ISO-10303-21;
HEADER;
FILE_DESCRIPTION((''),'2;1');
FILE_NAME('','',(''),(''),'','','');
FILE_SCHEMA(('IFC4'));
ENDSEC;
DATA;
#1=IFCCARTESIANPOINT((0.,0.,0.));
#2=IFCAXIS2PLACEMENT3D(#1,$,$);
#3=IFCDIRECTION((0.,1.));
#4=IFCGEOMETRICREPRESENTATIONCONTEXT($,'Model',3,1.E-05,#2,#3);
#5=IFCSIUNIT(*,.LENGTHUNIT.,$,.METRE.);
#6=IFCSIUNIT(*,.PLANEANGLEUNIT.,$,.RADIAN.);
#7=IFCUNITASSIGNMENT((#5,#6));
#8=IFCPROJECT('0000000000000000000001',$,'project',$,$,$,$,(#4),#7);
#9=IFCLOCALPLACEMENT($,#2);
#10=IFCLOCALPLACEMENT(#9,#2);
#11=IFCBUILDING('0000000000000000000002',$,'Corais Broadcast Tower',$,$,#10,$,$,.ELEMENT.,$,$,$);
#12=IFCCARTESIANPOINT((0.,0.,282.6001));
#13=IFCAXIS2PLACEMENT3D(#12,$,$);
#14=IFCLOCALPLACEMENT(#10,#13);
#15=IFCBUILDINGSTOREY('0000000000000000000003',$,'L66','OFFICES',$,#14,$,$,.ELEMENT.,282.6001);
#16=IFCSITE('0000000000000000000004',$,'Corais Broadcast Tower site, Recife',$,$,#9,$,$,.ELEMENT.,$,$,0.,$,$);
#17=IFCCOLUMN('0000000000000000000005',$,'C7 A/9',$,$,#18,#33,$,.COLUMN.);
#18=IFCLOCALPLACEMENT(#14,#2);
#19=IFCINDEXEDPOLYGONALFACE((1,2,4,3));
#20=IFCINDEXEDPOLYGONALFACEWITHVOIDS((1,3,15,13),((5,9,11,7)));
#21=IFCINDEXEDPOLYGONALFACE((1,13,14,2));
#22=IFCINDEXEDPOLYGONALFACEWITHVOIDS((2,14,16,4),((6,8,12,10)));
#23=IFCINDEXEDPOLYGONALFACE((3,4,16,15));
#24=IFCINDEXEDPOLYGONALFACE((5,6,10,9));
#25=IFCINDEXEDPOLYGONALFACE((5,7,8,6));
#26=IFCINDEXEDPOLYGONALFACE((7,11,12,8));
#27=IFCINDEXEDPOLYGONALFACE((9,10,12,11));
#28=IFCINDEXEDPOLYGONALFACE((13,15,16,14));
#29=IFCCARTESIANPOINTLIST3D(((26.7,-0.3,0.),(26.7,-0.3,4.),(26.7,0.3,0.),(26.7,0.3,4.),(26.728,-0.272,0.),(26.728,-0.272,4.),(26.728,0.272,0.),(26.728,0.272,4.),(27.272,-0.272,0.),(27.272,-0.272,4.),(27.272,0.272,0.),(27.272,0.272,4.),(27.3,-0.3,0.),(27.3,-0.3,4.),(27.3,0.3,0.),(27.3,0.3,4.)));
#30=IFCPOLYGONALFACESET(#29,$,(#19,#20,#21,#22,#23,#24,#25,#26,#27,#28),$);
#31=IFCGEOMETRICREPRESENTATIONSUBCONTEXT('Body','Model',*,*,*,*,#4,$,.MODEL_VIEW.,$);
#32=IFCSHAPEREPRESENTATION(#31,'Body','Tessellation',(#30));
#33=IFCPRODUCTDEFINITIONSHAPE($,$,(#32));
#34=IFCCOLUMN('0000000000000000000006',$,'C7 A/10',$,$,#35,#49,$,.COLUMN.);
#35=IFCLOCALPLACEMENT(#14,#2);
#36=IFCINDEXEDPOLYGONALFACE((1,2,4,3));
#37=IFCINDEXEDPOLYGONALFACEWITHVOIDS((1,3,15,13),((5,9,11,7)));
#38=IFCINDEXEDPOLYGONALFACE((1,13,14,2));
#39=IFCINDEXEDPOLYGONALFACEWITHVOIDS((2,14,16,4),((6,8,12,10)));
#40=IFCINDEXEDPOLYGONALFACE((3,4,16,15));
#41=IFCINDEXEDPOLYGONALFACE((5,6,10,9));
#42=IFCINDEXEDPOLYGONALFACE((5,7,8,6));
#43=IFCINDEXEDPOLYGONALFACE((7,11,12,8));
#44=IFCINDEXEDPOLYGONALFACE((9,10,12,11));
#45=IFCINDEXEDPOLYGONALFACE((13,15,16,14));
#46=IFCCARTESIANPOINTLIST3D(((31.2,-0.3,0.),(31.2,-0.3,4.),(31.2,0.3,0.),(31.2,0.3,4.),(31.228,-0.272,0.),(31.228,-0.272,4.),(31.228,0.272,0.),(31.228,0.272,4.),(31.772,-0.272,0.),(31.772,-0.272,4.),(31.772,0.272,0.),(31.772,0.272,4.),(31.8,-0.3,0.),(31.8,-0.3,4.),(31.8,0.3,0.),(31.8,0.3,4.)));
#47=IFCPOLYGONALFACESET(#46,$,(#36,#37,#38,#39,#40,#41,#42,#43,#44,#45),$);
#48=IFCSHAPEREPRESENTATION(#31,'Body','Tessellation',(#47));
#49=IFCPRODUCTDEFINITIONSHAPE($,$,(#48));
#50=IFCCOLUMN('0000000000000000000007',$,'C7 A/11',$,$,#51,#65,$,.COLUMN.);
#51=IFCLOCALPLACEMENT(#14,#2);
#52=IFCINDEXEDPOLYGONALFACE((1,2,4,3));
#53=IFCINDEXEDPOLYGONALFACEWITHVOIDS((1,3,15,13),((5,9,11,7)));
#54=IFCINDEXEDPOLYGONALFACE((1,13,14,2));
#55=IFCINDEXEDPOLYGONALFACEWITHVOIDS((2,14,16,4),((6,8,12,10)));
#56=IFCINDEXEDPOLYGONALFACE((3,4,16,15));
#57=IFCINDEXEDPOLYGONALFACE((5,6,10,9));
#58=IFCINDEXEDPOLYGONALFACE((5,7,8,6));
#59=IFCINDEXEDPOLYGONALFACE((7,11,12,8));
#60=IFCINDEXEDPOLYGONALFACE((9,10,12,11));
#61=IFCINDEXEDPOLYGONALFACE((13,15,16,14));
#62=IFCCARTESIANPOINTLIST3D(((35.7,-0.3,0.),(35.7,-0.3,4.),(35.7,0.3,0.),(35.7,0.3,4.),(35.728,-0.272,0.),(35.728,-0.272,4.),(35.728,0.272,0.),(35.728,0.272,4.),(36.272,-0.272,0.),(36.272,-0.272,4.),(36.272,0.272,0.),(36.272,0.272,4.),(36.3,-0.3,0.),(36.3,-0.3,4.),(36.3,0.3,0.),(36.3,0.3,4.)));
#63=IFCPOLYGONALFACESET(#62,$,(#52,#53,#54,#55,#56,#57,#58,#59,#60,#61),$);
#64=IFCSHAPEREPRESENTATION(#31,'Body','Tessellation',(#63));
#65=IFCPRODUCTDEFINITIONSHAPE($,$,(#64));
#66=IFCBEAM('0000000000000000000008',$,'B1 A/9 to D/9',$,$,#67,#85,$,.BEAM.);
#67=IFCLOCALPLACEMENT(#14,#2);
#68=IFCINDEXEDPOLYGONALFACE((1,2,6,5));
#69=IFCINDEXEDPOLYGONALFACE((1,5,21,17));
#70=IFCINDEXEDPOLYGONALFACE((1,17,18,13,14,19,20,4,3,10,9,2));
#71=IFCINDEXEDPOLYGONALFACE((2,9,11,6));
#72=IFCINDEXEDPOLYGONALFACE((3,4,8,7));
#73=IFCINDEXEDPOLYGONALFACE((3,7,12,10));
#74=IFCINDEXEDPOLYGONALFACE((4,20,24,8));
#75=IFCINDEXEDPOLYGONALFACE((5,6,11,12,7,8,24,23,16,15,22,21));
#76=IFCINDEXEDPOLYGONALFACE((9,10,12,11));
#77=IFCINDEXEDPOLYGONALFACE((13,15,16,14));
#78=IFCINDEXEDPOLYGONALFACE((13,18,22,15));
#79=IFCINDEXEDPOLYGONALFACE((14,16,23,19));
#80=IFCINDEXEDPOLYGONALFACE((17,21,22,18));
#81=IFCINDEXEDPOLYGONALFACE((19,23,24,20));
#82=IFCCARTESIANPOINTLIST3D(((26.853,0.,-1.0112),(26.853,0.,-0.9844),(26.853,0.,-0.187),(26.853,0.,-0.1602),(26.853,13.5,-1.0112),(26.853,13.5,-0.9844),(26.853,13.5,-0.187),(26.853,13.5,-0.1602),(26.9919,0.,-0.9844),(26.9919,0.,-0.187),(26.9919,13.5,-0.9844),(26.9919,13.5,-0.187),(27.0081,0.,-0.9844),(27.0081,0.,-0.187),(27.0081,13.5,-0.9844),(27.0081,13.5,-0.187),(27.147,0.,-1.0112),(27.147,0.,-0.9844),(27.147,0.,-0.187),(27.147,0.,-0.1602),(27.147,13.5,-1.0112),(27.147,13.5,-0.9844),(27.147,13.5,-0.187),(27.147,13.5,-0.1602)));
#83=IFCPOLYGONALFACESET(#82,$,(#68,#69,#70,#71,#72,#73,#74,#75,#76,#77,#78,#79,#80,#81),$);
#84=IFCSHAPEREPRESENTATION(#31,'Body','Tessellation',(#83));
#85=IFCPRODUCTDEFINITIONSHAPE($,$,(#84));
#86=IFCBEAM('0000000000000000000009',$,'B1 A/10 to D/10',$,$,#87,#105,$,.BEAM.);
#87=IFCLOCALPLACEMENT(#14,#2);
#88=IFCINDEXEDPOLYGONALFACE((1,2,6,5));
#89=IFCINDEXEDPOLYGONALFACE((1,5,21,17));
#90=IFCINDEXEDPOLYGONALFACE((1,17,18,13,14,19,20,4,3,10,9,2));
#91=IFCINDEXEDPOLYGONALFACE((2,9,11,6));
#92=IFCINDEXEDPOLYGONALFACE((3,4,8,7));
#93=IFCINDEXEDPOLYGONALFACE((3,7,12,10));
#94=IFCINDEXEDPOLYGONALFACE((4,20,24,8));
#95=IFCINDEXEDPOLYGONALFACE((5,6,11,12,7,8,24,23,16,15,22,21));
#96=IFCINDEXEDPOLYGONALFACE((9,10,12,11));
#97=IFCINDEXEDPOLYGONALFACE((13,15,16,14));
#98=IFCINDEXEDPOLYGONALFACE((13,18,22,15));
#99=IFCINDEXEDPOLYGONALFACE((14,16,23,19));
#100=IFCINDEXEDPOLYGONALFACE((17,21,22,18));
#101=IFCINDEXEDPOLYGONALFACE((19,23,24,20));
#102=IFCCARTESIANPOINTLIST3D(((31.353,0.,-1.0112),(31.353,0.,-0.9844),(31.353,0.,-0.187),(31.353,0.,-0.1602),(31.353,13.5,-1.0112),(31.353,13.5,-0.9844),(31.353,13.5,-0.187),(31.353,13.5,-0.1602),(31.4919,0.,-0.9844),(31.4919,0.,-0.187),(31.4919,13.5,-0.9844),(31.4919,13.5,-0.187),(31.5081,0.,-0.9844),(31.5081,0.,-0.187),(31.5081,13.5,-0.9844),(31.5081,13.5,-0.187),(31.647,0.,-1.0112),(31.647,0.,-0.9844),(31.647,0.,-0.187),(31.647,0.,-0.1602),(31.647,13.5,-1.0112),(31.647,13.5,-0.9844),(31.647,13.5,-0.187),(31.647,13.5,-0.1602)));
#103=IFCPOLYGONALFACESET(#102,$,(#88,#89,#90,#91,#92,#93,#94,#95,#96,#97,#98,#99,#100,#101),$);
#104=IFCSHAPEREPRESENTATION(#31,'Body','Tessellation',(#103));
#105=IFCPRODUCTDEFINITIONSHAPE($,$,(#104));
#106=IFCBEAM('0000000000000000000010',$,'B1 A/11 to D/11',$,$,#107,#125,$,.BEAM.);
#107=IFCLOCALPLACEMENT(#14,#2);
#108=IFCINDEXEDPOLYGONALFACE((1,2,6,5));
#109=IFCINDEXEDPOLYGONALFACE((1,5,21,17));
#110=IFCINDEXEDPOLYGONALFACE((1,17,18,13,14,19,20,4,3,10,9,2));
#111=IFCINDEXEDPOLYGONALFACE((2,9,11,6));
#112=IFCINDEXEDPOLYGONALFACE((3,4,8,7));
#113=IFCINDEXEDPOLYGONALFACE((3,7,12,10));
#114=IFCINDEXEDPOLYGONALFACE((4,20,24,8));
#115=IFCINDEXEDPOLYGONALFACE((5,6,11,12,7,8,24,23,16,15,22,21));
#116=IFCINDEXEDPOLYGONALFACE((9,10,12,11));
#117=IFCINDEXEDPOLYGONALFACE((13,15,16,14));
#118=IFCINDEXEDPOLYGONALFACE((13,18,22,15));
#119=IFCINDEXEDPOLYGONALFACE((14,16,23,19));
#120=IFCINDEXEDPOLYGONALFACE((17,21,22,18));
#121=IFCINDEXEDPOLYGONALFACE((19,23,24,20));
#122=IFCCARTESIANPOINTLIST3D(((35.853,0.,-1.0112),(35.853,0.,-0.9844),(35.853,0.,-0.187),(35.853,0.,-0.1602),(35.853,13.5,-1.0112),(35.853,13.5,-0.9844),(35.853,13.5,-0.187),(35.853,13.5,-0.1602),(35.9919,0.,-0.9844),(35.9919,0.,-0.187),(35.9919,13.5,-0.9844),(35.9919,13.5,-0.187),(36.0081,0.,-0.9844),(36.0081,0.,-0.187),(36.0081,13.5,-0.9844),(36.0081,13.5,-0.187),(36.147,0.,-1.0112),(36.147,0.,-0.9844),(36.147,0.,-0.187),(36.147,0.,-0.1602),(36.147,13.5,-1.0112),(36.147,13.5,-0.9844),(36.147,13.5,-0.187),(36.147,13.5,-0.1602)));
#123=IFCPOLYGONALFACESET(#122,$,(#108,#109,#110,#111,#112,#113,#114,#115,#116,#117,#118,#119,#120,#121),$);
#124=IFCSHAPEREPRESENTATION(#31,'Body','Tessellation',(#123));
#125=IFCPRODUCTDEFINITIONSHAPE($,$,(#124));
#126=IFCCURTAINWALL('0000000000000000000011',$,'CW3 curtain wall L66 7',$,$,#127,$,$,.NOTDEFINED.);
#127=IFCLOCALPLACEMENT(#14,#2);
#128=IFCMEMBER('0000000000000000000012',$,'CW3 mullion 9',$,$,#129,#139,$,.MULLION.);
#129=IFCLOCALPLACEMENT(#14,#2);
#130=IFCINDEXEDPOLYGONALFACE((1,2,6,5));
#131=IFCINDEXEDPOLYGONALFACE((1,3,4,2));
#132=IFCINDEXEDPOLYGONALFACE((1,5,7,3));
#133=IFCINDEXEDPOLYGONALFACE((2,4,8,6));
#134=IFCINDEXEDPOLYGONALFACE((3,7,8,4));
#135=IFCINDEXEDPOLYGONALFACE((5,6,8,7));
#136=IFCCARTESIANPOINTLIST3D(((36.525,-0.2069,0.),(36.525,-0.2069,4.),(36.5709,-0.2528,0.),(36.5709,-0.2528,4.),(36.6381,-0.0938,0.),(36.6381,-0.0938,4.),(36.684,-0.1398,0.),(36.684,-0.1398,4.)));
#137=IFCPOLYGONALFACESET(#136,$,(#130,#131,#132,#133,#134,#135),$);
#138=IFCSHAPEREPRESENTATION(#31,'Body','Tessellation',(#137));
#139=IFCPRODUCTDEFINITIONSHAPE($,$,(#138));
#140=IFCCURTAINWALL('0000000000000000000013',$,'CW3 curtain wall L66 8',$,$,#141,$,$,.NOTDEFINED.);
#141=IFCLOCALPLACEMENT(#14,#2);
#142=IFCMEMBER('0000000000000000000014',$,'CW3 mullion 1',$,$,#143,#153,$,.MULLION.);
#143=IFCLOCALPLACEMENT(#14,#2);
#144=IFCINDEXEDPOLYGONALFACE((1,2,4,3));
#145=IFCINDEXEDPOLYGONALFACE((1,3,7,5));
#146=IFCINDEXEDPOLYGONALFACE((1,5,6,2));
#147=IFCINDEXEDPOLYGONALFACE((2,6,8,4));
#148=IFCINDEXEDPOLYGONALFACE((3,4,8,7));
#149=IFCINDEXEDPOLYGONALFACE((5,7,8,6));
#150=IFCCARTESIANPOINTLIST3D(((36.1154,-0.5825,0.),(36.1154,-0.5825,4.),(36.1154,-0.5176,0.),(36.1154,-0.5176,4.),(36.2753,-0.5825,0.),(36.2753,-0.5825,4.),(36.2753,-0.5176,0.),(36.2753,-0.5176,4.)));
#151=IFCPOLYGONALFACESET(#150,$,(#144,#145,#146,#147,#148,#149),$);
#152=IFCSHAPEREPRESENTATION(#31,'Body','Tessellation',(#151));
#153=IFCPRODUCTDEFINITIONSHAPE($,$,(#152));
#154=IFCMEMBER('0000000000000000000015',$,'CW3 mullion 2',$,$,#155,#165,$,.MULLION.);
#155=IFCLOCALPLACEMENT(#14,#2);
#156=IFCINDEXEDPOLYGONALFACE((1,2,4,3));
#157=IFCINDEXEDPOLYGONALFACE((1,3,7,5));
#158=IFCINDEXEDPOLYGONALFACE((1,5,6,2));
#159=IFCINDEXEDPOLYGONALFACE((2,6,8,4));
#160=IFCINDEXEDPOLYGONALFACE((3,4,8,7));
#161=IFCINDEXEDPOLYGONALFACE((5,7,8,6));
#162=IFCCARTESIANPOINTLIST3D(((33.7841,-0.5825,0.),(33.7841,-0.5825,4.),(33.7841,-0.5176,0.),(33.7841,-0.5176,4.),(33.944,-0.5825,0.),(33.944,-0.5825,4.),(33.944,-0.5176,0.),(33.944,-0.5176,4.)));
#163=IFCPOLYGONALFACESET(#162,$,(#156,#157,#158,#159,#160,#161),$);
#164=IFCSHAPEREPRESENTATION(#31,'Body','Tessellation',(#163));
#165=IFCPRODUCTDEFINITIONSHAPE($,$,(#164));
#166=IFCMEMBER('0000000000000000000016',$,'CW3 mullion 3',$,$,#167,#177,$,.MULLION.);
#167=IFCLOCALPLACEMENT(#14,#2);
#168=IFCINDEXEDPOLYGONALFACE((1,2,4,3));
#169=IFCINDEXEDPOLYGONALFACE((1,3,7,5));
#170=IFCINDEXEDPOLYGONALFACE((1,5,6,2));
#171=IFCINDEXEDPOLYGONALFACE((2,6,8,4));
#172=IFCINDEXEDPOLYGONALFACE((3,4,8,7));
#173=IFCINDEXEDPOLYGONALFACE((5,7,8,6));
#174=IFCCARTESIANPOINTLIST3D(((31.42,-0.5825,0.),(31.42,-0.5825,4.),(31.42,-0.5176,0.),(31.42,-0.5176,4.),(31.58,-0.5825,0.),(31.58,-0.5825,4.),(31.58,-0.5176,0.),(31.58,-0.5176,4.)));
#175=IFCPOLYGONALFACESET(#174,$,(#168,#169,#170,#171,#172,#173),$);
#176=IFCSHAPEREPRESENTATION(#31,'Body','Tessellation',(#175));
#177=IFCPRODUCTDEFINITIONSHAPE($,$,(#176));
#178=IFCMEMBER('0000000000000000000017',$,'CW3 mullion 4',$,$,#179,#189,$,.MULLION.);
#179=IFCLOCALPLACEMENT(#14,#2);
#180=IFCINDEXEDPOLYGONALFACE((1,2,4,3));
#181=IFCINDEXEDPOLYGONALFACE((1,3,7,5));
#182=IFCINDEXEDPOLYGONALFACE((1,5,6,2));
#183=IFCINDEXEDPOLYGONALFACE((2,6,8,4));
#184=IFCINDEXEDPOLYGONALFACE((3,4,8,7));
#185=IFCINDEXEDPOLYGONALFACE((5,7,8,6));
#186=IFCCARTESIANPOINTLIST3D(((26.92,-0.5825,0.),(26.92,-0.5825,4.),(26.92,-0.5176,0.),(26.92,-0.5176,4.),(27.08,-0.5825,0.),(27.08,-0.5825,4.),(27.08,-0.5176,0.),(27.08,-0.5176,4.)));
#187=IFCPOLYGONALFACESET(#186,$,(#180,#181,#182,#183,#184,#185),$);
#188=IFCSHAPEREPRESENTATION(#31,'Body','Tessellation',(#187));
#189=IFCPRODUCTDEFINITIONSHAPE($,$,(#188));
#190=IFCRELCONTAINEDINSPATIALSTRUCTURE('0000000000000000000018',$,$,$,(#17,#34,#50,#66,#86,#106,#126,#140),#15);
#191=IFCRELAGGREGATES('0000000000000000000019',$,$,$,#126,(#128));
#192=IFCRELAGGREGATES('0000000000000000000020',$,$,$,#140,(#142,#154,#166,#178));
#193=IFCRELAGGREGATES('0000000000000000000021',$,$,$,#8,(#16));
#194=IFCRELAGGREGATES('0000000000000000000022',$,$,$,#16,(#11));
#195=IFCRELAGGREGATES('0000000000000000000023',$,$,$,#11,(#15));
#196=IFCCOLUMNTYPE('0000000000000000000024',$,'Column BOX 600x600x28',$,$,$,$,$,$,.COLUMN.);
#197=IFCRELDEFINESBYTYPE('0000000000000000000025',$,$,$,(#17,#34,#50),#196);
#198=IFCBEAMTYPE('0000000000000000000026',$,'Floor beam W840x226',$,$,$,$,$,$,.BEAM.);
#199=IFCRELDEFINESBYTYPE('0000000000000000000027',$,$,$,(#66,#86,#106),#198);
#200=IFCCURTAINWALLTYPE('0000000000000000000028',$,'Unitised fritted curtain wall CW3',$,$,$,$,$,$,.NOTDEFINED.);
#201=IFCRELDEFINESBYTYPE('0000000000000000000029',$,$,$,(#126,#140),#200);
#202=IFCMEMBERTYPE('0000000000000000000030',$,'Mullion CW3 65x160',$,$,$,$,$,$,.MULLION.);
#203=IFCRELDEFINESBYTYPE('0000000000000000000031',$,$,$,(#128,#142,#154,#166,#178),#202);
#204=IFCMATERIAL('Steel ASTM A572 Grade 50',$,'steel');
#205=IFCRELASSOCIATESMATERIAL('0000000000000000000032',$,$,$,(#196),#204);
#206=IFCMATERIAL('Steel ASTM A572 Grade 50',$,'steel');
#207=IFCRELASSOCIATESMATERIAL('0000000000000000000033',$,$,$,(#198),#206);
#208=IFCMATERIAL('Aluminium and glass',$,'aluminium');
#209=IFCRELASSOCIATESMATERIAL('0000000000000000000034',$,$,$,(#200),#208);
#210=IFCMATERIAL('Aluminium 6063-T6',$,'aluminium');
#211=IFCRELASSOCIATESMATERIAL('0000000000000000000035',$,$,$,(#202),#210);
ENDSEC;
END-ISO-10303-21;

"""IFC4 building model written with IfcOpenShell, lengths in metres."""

from ifc_helpers import new_model, si_unit, direction, frame, origin, origin_2d, place, context, subcontext, project, spatial, rectangle, hollow_rectangle, i_section, extrude, material, material_profile, profile_set, type_object, element, aggregate, save


model = new_model("IFC4")

# Units and contexts
model_context = context("Model", 3, precision=1e-05, world=origin(), true_north=direction((0.0, 1.0)))
body_context = subcontext(model_context, "Body", "Model", "MODEL_VIEW")
ifc_project = project(units=[si_unit("LENGTHUNIT", "METRE"), si_unit("PLANEANGLEUNIT", "RADIAN")], contexts=[model_context])

# Site, building, storey
site_placement = place(None, origin())
site = spatial("IfcSite", under=ifc_project, at=site_placement, Name="Corais Broadcast Tower site, Recife", CompositionType="ELEMENT", RefElevation=0.0)
building_placement = place(site_placement, origin())
building = spatial("IfcBuilding", under=site, at=building_placement, Name="Corais Broadcast Tower", CompositionType="ELEMENT")
storey_placement = place(building_placement, frame((0.0, 0.0, 282.6001)))
storey = spatial("IfcBuildingStorey", under=building, at=storey_placement, Name="L66", Description="OFFICES", CompositionType="ELEMENT", Elevation=282.6001)

# Columns
ifc_material_1 = material(Name="Steel ASTM A572 Grade 50", Category="steel")
ifc_material_profile_1 = material_profile(ifc_material_1, hollow_rectangle(XDim=0.6001, YDim=0.6001, WallThickness=0.0281, at=origin_2d()), Name="BOX 600x600x28")
ifc_profile_set_1 = profile_set([ifc_material_profile_1], Name="Steel ASTM A572 Grade 50")
column_type = type_object("IfcColumnType", Name="Column BOX 600x600x28", PredefinedType="COLUMN", material=ifc_profile_set_1)
for number, where, z_axis, x_axis, name in (
    (1, (27.0, 0.0, 0.0), (0.0, 0.0, 1.0), (1.0, 0.0, 0.0), "C7 A/9"),
    (2, (31.5, 0.0, 0.0), (0.0, 0.0, 1.0), (1.0, 0.0, 0.0), "C7 A/10"),
    (3, (36.0, 0.0, 0.0), (0.0, 0.0, 1.0), (1.0, 0.0, 0.0), "C7 A/11"),
):
    element("IfcColumn", number, at=place(storey_placement, frame(where, z_axis=z_axis, x_axis=x_axis)), inside=storey, type_object=column_type, Name=name, PredefinedType="COLUMN", context=body_context, shape_type="SweptSolid", body=[
        extrude(hollow_rectangle(XDim=0.6001, YDim=0.6001, WallThickness=0.0281, at=origin_2d()), origin(), (0.0, 0.0, 1.0), 4.0),
    ])

# Beams
ifc_material_2 = material(Name="Steel ASTM A572 Grade 50", Category="steel")
ifc_material_profile_2 = material_profile(ifc_material_2, i_section(OverallWidth=0.2939, OverallDepth=0.8511, WebThickness=0.0161, FlangeThickness=0.0269, at=origin_2d()), Name="W840x226")
ifc_profile_set_2 = profile_set([ifc_material_profile_2], Name="Steel ASTM A572 Grade 50")
beam_type_1 = type_object("IfcBeamType", Name="Floor beam W840x226", PredefinedType="BEAM", material=ifc_profile_set_2)
for number, where, z_axis, x_axis, name in (
    (4, (27.0, 0.0, -0.5857), (0.0, 1.0, 0.0), (-1.0, 0.0, 0.0), "B1 A/9 to D/9"),
    (5, (31.5, 0.0, -0.5857), (0.0, 1.0, 0.0), (-1.0, 0.0, 0.0), "B1 A/10 to D/10"),
    (6, (36.0, 0.0, -0.5857), (0.0, 1.0, 0.0), (-1.0, 0.0, 0.0), "B1 A/11 to D/11"),
):
    element("IfcBeam", number, at=place(storey_placement, frame(where, z_axis=z_axis, x_axis=x_axis)), inside=storey, type_object=beam_type_1, Name=name, PredefinedType="BEAM", context=body_context, shape_type="SweptSolid", body=[
        extrude(i_section(OverallWidth=0.2939, OverallDepth=0.8511, WebThickness=0.0161, FlangeThickness=0.0269, at=origin_2d()), origin(), (0.0, 0.0, 1.0), 13.5),
    ])

# Curtain wall, member
ifc_material_3 = material(Name="Aluminium and glass", Category="aluminium")
curtain_wall_type = type_object("IfcCurtainWallType", Name="Unitised fritted curtain wall CW3", PredefinedType="NOTDEFINED", material=ifc_material_3)
curtain_wall_1_placement = place(storey_placement, origin())
curtain_wall_1 = element("IfcCurtainWall", 7, at=curtain_wall_1_placement, inside=storey, type_object=curtain_wall_type, Name="CW3 curtain wall L66 7", PredefinedType="NOTDEFINED")
ifc_material_4 = material(Name="Aluminium 6063-T6", Category="aluminium")
ifc_material_profile_3 = material_profile(ifc_material_4, rectangle(XDim=0.0649, YDim=0.1599, at=origin_2d()), Name="Mullion CW3 65x160")
ifc_profile_set_3 = profile_set([ifc_material_profile_3], Name="Aluminium 6063-T6")
member_type_1 = type_object("IfcMemberType", Name="Mullion CW3 65x160", PredefinedType="MULLION", material=ifc_profile_set_3)
member_1_placement = place(storey_placement, frame((36.6045, -0.1733, 0.0), z_axis=(0.0, 0.0, 1.0), x_axis=(0.707107, -0.707107, 0.0)))
member_1 = element("IfcMember", 8, at=member_1_placement, type_object=member_type_1, Name="CW3 mullion 9", PredefinedType="MULLION", context=body_context, shape_type="SweptSolid", body=[
    extrude(rectangle(XDim=0.0649, YDim=0.1599, at=origin_2d()), origin(), (0.0, 0.0, 1.0), 4.0),
])

# Curtain wall, members
curtain_wall_2_placement = place(storey_placement, origin())
curtain_wall_2 = element("IfcCurtainWall", 9, at=curtain_wall_2_placement, inside=storey, type_object=curtain_wall_type, Name="CW3 curtain wall L66 8", PredefinedType="NOTDEFINED")
member_2_placement = place(storey_placement, frame((36.1953, -0.55, 0.0), z_axis=(0.0, 0.0, 1.0), x_axis=(0.0, -1.0, 0.0)))
member_2 = element("IfcMember", 10, at=member_2_placement, type_object=member_type_1, Name="CW3 mullion 1", PredefinedType="MULLION", context=body_context, shape_type="SweptSolid", body=[
    extrude(rectangle(XDim=0.0649, YDim=0.1599, at=origin_2d()), origin(), (0.0, 0.0, 1.0), 4.0),
])
member_3_placement = place(storey_placement, frame((33.864, -0.55, 0.0), z_axis=(0.0, 0.0, 1.0), x_axis=(0.0, -1.0, 0.0)))
member_3 = element("IfcMember", 11, at=member_3_placement, type_object=member_type_1, Name="CW3 mullion 2", PredefinedType="MULLION", context=body_context, shape_type="SweptSolid", body=[
    extrude(rectangle(XDim=0.0649, YDim=0.1599, at=origin_2d()), origin(), (0.0, 0.0, 1.0), 4.0),
])
member_4_placement = place(storey_placement, frame((31.5, -0.55, 0.0), z_axis=(0.0, 0.0, 1.0), x_axis=(0.0, -1.0, 0.0)))
member_4 = element("IfcMember", 12, at=member_4_placement, type_object=member_type_1, Name="CW3 mullion 3", PredefinedType="MULLION", context=body_context, shape_type="SweptSolid", body=[
    extrude(rectangle(XDim=0.0649, YDim=0.1599, at=origin_2d()), origin(), (0.0, 0.0, 1.0), 4.0),
])
member_5_placement = place(storey_placement, frame((27.0, -0.55, 0.0), z_axis=(0.0, 0.0, 1.0), x_axis=(0.0, -1.0, 0.0)))
member_5 = element("IfcMember", 13, at=member_5_placement, type_object=member_type_1, Name="CW3 mullion 4", PredefinedType="MULLION", context=body_context, shape_type="SweptSolid", body=[
    extrude(rectangle(XDim=0.0649, YDim=0.1599, at=origin_2d()), origin(), (0.0, 0.0, 1.0), 4.0),
])

aggregate(curtain_wall_1, [member_1])
aggregate(curtain_wall_2, [member_2, member_3, member_4, member_5])

save(model, "model.ifc")
